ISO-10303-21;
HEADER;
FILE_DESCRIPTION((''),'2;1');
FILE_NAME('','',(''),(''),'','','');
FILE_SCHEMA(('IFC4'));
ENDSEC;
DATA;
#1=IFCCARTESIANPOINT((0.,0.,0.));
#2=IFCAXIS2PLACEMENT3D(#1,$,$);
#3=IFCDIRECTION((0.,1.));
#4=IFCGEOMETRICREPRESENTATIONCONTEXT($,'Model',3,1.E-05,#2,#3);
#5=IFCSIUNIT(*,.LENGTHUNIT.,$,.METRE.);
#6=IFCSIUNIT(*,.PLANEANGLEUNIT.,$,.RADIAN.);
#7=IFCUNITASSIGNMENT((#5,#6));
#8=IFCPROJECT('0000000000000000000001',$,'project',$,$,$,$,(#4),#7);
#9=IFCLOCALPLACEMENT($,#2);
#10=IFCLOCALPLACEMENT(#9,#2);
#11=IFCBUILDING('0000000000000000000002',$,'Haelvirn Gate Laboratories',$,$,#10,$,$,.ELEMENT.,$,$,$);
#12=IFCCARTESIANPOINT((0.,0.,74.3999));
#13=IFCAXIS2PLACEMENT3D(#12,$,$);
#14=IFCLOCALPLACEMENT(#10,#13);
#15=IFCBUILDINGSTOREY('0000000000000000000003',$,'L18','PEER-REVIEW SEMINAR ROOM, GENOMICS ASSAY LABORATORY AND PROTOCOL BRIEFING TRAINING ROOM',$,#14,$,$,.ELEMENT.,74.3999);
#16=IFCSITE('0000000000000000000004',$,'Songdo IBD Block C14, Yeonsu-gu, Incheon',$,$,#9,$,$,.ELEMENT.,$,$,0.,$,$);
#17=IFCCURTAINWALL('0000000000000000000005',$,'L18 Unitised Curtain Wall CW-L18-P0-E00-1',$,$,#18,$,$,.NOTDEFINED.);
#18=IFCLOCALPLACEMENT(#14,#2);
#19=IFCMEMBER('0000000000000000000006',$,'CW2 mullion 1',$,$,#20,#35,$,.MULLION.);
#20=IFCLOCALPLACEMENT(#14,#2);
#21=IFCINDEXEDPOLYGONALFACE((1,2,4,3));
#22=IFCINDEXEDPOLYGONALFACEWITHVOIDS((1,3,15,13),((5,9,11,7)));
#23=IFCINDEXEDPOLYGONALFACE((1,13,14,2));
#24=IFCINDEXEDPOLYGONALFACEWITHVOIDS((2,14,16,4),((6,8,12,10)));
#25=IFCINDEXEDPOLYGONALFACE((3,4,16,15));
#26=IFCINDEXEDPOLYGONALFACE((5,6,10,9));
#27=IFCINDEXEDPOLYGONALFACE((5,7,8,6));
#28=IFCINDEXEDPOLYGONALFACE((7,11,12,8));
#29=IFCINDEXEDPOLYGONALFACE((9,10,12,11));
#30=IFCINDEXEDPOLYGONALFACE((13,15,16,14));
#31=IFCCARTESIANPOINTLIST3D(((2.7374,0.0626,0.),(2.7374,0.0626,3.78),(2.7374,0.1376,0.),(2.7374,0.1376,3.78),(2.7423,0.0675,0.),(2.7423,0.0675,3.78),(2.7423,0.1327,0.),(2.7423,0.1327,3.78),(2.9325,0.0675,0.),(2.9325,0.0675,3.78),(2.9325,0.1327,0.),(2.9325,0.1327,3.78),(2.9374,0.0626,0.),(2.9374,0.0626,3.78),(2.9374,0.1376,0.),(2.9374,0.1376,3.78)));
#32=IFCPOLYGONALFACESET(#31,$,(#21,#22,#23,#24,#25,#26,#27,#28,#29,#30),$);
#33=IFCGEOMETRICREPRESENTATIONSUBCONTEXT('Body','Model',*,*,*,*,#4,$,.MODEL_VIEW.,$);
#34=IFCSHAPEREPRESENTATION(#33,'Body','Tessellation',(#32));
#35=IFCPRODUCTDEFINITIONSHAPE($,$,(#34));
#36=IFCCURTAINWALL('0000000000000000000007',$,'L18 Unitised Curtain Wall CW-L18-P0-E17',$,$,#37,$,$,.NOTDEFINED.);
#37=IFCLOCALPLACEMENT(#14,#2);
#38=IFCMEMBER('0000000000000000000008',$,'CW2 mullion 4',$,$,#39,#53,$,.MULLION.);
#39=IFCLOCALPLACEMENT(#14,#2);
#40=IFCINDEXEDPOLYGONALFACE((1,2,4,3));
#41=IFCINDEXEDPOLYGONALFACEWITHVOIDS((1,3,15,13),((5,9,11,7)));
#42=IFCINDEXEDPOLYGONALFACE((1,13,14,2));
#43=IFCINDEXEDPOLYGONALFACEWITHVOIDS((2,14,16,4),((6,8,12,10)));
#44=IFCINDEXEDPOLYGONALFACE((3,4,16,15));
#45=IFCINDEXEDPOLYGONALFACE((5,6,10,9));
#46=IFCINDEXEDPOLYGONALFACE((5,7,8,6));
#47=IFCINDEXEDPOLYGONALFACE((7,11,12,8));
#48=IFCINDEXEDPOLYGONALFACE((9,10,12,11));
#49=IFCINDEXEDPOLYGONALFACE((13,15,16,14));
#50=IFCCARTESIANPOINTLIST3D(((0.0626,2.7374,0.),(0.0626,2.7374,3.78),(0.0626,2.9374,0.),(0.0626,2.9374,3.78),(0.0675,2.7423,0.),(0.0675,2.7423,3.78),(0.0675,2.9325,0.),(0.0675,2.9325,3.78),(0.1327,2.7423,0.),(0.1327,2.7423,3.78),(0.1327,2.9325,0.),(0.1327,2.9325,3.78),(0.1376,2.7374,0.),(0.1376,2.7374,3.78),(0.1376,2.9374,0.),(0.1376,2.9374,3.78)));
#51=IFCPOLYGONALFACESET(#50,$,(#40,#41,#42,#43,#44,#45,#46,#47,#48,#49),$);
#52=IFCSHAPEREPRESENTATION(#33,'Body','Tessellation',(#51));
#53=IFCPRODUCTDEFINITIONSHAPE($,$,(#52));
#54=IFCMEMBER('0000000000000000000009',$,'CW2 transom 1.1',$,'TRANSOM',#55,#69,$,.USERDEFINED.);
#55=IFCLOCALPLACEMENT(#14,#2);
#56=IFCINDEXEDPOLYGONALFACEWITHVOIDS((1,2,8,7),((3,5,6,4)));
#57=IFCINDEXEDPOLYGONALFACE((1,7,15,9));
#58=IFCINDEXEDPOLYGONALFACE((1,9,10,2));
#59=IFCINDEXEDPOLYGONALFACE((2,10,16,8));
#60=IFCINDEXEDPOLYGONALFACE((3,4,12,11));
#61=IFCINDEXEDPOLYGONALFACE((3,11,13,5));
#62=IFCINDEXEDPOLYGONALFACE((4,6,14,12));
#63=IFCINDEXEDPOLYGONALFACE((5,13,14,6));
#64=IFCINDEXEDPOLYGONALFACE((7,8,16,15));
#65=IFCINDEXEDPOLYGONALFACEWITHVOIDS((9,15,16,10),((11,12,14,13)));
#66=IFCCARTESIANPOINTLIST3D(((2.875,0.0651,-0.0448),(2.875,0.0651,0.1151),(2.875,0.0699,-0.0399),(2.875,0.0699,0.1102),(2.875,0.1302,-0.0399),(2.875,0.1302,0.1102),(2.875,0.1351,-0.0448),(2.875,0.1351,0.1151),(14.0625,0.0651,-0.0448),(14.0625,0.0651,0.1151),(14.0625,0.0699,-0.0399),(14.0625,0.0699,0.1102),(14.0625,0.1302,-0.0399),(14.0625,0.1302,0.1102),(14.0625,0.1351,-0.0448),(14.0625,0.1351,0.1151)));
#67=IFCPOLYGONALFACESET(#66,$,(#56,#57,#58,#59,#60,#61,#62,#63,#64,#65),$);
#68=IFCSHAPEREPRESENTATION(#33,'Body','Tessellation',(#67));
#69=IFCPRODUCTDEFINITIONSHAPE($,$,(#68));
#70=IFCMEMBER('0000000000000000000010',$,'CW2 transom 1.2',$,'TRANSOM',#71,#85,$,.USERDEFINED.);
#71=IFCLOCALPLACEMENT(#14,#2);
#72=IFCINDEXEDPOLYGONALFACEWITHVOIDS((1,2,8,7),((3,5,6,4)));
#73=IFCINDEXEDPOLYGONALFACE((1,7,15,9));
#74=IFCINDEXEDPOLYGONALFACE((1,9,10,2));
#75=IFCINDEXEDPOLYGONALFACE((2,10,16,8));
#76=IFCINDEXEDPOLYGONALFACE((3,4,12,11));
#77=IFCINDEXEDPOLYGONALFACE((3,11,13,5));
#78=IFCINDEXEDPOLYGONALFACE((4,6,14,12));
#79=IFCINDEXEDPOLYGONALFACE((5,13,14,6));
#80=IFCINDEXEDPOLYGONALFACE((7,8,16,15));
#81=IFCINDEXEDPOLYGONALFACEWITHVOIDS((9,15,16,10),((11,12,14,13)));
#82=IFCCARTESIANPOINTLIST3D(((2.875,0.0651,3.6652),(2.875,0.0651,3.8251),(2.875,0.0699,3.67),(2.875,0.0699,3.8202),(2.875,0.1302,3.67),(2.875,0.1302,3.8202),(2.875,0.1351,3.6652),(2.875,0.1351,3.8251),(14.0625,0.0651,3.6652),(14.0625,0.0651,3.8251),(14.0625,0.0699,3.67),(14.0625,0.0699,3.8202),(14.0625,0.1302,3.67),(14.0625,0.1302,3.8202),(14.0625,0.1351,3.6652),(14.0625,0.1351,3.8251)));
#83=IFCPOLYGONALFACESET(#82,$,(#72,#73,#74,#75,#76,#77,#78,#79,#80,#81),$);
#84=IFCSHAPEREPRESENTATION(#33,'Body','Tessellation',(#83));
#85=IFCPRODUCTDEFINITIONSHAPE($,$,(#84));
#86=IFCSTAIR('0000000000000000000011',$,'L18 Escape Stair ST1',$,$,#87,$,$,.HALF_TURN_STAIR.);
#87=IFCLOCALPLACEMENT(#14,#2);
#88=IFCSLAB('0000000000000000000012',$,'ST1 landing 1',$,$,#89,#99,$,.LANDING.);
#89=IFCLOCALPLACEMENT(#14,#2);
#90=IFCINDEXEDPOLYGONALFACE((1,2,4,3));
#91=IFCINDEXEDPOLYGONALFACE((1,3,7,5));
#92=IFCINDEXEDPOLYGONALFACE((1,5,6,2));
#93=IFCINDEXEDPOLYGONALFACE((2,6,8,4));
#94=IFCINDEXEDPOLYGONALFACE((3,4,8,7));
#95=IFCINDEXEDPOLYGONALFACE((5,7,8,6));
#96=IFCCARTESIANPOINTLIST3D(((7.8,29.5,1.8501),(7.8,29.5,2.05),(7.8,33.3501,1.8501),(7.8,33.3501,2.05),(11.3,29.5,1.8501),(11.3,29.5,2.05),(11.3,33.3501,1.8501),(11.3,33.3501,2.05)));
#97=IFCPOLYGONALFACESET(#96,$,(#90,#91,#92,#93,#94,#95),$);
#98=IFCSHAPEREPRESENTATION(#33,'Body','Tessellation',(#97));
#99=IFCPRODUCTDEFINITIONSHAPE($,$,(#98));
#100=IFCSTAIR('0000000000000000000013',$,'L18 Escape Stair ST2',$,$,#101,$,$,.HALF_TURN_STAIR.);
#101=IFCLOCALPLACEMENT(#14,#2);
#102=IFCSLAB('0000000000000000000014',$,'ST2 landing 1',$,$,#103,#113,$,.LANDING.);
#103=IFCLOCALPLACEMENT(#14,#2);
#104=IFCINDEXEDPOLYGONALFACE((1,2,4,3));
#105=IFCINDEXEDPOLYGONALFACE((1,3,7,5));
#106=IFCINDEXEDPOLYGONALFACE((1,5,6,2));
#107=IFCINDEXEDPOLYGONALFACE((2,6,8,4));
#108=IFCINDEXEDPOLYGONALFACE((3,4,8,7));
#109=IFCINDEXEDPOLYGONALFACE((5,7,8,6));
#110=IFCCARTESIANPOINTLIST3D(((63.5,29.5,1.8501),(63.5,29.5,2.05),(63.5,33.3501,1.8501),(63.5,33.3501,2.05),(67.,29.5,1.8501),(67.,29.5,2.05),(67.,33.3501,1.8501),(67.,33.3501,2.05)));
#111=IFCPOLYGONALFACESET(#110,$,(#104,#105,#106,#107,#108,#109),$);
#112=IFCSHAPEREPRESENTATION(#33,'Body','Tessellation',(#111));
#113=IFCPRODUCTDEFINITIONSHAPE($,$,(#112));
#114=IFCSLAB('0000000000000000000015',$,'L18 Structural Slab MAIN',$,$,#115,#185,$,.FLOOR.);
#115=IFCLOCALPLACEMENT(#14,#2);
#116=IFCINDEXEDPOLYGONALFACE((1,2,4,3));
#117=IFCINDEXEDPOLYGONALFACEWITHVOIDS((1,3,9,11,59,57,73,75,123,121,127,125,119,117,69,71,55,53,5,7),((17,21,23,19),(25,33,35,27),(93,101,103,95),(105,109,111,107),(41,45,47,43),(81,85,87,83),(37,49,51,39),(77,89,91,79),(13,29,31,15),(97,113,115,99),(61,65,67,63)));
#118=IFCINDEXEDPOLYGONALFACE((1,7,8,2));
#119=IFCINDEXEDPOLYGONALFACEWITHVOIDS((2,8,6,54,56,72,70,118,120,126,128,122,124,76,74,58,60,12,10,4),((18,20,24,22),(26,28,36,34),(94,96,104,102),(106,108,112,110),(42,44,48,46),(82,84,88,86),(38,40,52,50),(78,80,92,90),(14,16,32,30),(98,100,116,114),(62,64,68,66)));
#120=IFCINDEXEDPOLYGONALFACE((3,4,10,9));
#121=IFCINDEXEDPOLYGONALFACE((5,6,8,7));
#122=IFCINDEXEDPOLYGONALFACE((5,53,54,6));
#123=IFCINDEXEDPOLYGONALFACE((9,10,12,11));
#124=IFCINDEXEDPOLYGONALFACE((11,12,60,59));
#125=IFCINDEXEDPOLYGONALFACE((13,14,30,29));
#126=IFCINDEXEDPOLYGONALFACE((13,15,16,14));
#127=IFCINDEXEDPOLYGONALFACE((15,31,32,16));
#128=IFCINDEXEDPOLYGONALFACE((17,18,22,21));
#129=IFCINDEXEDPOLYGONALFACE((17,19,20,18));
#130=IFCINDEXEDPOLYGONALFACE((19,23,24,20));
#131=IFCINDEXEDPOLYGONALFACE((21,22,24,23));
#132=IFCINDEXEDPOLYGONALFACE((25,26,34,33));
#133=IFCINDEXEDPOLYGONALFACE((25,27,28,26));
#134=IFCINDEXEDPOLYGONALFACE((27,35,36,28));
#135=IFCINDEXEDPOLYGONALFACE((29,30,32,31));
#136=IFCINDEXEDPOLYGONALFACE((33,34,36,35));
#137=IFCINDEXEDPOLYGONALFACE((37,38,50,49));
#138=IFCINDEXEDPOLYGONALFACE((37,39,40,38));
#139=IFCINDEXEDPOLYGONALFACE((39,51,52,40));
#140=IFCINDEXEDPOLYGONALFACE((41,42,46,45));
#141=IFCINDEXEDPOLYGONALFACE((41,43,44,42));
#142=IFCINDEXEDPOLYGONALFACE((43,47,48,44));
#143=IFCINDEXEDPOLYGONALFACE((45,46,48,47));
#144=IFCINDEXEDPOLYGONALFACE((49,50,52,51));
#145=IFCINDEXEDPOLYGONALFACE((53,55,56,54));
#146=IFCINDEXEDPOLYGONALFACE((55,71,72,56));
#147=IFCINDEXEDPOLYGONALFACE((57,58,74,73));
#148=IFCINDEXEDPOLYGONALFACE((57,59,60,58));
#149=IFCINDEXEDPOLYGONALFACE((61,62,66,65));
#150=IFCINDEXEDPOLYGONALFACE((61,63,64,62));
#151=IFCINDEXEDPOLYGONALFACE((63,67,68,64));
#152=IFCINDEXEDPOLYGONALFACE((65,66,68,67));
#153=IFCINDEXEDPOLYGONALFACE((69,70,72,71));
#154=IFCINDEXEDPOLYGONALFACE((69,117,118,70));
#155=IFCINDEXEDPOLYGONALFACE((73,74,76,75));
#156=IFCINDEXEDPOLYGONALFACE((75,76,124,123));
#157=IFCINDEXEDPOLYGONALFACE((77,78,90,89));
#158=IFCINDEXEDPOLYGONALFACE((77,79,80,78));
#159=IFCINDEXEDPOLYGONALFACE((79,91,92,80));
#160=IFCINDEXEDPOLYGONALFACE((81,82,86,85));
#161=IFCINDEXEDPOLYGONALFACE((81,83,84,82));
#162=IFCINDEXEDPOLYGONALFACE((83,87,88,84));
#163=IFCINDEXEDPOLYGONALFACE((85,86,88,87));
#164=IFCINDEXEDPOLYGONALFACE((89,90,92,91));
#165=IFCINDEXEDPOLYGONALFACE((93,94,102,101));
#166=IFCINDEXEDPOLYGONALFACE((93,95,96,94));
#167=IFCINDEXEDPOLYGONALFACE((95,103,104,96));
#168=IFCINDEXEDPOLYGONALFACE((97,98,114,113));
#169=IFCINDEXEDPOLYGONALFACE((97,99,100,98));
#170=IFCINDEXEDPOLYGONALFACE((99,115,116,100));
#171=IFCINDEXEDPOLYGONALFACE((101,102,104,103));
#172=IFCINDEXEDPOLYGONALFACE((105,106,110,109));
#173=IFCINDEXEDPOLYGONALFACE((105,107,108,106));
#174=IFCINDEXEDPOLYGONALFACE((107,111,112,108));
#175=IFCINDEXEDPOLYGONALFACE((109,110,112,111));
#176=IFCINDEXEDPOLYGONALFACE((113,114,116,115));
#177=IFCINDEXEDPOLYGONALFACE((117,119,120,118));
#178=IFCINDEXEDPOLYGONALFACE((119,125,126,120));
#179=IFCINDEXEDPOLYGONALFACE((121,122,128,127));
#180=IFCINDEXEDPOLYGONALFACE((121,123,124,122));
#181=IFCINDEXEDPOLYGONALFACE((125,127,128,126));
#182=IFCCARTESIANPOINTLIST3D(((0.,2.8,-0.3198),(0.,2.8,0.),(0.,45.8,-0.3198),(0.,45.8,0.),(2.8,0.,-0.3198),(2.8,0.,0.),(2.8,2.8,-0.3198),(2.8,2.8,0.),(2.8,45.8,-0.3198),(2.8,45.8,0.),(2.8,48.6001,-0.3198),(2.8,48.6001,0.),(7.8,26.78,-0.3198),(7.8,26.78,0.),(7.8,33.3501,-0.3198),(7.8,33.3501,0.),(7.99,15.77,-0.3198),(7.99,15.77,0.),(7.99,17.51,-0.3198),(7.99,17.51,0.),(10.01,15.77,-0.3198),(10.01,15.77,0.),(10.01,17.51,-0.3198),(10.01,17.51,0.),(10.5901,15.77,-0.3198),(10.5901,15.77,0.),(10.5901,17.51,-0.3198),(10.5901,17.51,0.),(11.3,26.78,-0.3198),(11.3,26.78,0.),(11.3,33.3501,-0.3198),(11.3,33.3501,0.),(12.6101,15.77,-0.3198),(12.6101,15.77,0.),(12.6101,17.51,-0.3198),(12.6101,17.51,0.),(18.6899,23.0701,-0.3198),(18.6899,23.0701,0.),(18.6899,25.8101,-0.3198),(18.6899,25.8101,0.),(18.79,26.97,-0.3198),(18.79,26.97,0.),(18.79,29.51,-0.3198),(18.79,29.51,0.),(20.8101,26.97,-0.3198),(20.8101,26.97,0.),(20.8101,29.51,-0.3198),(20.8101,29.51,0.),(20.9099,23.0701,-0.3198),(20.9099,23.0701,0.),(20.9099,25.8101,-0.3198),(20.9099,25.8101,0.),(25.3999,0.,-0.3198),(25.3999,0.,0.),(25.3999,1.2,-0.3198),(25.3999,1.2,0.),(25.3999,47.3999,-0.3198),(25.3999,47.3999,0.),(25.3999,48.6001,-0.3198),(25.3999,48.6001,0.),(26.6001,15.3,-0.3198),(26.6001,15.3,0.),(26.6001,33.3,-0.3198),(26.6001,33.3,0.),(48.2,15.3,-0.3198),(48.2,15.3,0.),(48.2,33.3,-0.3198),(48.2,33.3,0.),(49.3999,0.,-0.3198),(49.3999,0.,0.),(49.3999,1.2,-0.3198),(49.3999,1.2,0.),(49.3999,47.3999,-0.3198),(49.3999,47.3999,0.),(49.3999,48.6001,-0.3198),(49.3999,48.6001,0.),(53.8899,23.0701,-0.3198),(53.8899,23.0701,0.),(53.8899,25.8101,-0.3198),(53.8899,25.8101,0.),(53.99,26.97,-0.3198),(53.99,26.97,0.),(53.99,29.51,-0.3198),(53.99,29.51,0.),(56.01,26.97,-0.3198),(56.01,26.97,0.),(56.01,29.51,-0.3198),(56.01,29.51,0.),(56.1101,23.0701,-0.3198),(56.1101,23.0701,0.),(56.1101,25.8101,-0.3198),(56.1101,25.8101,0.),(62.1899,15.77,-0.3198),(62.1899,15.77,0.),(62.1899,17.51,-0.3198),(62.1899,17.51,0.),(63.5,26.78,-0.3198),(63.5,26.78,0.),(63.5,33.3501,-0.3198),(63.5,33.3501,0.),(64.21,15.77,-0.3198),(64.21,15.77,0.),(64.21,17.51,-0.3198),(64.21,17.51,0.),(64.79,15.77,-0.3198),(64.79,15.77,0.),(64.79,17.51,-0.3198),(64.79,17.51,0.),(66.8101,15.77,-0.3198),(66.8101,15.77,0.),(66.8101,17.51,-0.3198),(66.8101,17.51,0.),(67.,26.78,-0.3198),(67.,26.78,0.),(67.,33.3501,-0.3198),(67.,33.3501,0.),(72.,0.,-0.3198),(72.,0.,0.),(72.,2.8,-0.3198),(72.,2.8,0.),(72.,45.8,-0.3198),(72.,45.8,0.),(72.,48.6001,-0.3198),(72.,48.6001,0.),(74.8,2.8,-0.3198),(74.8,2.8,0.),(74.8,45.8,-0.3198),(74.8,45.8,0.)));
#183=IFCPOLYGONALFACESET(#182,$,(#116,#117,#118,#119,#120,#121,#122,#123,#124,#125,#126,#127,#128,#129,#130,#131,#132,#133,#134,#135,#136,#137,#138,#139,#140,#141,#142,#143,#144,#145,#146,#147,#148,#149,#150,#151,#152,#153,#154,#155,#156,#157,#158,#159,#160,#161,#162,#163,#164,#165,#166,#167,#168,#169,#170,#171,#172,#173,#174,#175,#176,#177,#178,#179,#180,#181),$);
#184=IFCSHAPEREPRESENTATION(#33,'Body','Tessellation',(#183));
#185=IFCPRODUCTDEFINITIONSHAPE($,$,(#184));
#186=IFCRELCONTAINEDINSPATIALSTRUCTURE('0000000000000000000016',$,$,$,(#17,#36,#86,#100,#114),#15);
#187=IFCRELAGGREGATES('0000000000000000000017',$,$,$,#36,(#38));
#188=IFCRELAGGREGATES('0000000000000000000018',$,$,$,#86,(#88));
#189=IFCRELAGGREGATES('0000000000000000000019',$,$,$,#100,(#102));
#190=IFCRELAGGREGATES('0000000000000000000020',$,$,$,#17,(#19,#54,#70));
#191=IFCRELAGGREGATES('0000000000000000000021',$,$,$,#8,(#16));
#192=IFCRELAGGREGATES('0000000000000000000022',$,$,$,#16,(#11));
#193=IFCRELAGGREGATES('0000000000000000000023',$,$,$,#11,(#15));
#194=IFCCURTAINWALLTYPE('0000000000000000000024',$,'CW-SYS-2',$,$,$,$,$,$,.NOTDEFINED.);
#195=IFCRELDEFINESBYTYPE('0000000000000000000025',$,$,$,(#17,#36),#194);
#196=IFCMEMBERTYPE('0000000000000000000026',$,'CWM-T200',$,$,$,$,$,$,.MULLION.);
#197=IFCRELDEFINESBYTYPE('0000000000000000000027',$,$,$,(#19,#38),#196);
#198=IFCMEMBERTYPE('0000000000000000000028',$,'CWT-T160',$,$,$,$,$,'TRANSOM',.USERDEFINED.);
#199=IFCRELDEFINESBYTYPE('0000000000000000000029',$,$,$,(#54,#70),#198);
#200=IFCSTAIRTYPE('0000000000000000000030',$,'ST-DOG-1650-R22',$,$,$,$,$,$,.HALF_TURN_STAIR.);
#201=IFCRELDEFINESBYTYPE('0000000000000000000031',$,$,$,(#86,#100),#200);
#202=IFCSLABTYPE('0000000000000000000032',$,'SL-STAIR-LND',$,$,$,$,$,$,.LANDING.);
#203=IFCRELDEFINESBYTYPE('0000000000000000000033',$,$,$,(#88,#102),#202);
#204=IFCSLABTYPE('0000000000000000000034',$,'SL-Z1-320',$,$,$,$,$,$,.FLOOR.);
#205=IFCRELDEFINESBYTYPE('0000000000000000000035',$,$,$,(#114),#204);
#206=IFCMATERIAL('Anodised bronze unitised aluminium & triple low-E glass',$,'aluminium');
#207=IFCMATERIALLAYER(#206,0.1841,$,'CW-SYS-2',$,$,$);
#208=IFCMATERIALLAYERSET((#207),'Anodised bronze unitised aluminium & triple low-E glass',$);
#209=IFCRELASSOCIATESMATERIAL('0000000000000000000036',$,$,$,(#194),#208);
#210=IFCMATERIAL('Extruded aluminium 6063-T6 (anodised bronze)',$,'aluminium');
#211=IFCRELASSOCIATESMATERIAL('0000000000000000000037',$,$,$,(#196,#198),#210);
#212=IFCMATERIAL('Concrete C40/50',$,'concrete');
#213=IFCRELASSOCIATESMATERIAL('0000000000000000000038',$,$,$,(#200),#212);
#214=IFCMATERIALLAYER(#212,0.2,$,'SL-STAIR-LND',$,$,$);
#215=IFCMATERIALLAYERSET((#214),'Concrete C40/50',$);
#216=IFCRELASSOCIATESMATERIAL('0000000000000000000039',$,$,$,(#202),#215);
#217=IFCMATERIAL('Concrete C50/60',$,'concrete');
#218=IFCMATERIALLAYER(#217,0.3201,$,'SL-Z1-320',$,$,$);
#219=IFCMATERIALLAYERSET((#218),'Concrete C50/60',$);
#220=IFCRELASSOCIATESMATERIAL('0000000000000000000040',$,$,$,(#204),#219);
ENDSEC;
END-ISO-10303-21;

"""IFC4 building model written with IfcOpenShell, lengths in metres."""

from ifc_helpers import new_model, si_unit, direction, frame, origin, origin_2d, place, context, subcontext, project, spatial, polyline, hollow_rectangle, outline, extrude, source, transform, mapped, material, layer, layer_set, material_profile, profile_set, type_object, type_shapes, element, aggregate, save


model = new_model("IFC4")

# Units and contexts
model_context = context("Model", 3, precision=1e-05, world=origin(), true_north=direction((0.0, 1.0)))
body_context = subcontext(model_context, "Body", "Model", "MODEL_VIEW")
ifc_project = project(units=[si_unit("LENGTHUNIT", "METRE"), si_unit("PLANEANGLEUNIT", "RADIAN")], contexts=[model_context])

# Site, building, storey
site_placement = place(None, origin())
site = spatial("IfcSite", under=ifc_project, at=site_placement, Name="Songdo IBD Block C14, Yeonsu-gu, Incheon", CompositionType="ELEMENT", RefElevation=0.0)
building_placement = place(site_placement, origin())
building = spatial("IfcBuilding", under=site, at=building_placement, Name="Haelvirn Gate Laboratories", CompositionType="ELEMENT")
storey_placement = place(building_placement, frame((0.0, 0.0, 74.3999)))
storey = spatial("IfcBuildingStorey", under=building, at=storey_placement, Name="L18", Description="PEER-REVIEW SEMINAR ROOM, GENOMICS ASSAY LABORATORY AND PROTOCOL BRIEFING TRAINING ROOM", CompositionType="ELEMENT", Elevation=74.3999)

# Curtain walls, members
ifc_material_1 = material(Name="Anodised bronze unitised aluminium & triple low-E glass", Category="aluminium")
ifc_layer_1 = layer(ifc_material_1, 0.1841, Name="CW-SYS-2")
ifc_layer_set_1 = layer_set([ifc_layer_1], Name="Anodised bronze unitised aluminium & triple low-E glass")
curtain_wall_type = type_object("IfcCurtainWallType", Name="CW-SYS-2", PredefinedType="NOTDEFINED", material=ifc_layer_set_1)
curtain_wall_1_placement = place(storey_placement, origin())
curtain_wall_1 = element("IfcCurtainWall", 1, at=curtain_wall_1_placement, inside=storey, type_object=curtain_wall_type, Name="L18 Unitised Curtain Wall CW-L18-P0-E00-1", PredefinedType="NOTDEFINED")
ifc_material_2 = material(Name="Extruded aluminium 6063-T6 (anodised bronze)", Category="aluminium")
ifc_material_profile_1 = material_profile(ifc_material_2, hollow_rectangle(XDim=0.075, YDim=0.2, WallThickness=0.0049, at=origin_2d()), Name="CWM-200x75x5")
ifc_profile_set_1 = profile_set([ifc_material_profile_1], Name="Extruded aluminium 6063-T6 (anodised bronze)")
member_type_1 = type_object("IfcMemberType", Name="CWM-T200", PredefinedType="MULLION", material=ifc_profile_set_1)
shared_shape_1 = source(origin(), body_context, "Body", "SweptSolid", [
    extrude(hollow_rectangle(XDim=0.075, YDim=0.2, WallThickness=0.0049, at=origin_2d()), origin(), (0.0, 0.0, 1.0), 3.78),
])
type_shapes(member_type_1, [shared_shape_1])
member_1_placement = place(storey_placement, frame((2.8374, 0.1001, 0.0), z_axis=(0.0, 0.0, 1.0), x_axis=(0.0, 1.0, 0.0)))
member_1 = element("IfcMember", 2, at=member_1_placement, type_object=member_type_1, Name="CW2 mullion 1", PredefinedType="MULLION", context=body_context, shape_type="MappedRepresentation", body=[
    mapped(shared_shape_1, transform((0.0, 0.0, 0.0), scale=1.0)),
])
curtain_wall_2_placement = place(storey_placement, origin())
curtain_wall_2 = element("IfcCurtainWall", 3, at=curtain_wall_2_placement, inside=storey, type_object=curtain_wall_type, Name="L18 Unitised Curtain Wall CW-L18-P0-E17", PredefinedType="NOTDEFINED")
member_2_placement = place(storey_placement, frame((0.1001, 2.8374, 0.0), z_axis=(0.0, 0.0, 1.0), x_axis=(1.0, 0.0, 0.0)))
member_2 = element("IfcMember", 4, at=member_2_placement, type_object=member_type_1, Name="CW2 mullion 4", PredefinedType="MULLION", context=body_context, shape_type="MappedRepresentation", body=[
    mapped(shared_shape_1, transform((0.0, 0.0, 0.0), scale=1.0)),
])
aggregate(curtain_wall_2, [member_2])

# Members
ifc_material_profile_2 = material_profile(ifc_material_2, hollow_rectangle(XDim=0.0701, YDim=0.1599, WallThickness=0.0049, at=origin_2d()), Name="CWT-160x70x5")
ifc_profile_set_2 = profile_set([ifc_material_profile_2], Name="Extruded aluminium 6063-T6 (anodised bronze)")
member_type_2 = type_object("IfcMemberType", Name="CWT-T160", ElementType="TRANSOM", PredefinedType="USERDEFINED", material=ifc_profile_set_2)
shared_shape_2 = source(origin(), body_context, "Body", "SweptSolid", [
    extrude(hollow_rectangle(XDim=0.0701, YDim=0.1599, WallThickness=0.0049, at=origin_2d()), origin(), (0.0, 0.0, 1.0), 11.1875),
])
type_shapes(member_type_2, [shared_shape_2])
member_3_placement = place(storey_placement, frame((2.875, 0.1001, 0.0352), z_axis=(1.0, 0.0, 0.0), x_axis=(0.0, 1.0, 0.0)))
member_3 = element("IfcMember", 5, at=member_3_placement, type_object=member_type_2, Name="CW2 transom 1.1", ObjectType="TRANSOM", PredefinedType="USERDEFINED", context=body_context, shape_type="MappedRepresentation", body=[
    mapped(shared_shape_2, transform((0.0, 0.0, 0.0), scale=1.0)),
])
member_4_placement = place(storey_placement, frame((2.875, 0.1001, 3.7451), z_axis=(1.0, 0.0, 0.0), x_axis=(0.0, 1.0, 0.0)))
member_4 = element("IfcMember", 6, at=member_4_placement, type_object=member_type_2, Name="CW2 transom 1.2", ObjectType="TRANSOM", PredefinedType="USERDEFINED", context=body_context, shape_type="MappedRepresentation", body=[
    mapped(shared_shape_2, transform((0.0, 0.0, 0.0), scale=1.0)),
])

# Stairs, slabs
ifc_material_3 = material(Name="Concrete C40/50", Category="concrete")
stair_type = type_object("IfcStairType", Name="ST-DOG-1650-R22", PredefinedType="HALF_TURN_STAIR", material=ifc_material_3)
stair_1_placement = place(storey_placement, origin())
stair_1 = element("IfcStair", 7, at=stair_1_placement, inside=storey, type_object=stair_type, Name="L18 Escape Stair ST1", PredefinedType="HALF_TURN_STAIR")
ifc_layer_2 = layer(ifc_material_3, 0.2, Name="SL-STAIR-LND")
ifc_layer_set_2 = layer_set([ifc_layer_2], Name="Concrete C40/50")
slab_type_1 = type_object("IfcSlabType", Name="SL-STAIR-LND", PredefinedType="LANDING", material=ifc_layer_set_2)
slab_1_placement = place(storey_placement, frame((0.0, 0.0, 1.8501)))
slab_1 = element("IfcSlab", 8, at=slab_1_placement, type_object=slab_type_1, Name="ST1 landing 1", PredefinedType="LANDING", context=body_context, shape_type="SweptSolid", body=[
    extrude(outline(polyline([(11.3, 29.5), (11.3, 33.3501), (7.8, 33.3501), (7.8, 29.5), (11.3, 29.5)])), origin(), (0.0, 0.0, 1.0), 0.2),
])
aggregate(stair_1, [slab_1])
stair_2_placement = place(storey_placement, origin())
stair_2 = element("IfcStair", 9, at=stair_2_placement, inside=storey, type_object=stair_type, Name="L18 Escape Stair ST2", PredefinedType="HALF_TURN_STAIR")
slab_2_placement = place(storey_placement, frame((0.0, 0.0, 1.8501)))
slab_2 = element("IfcSlab", 10, at=slab_2_placement, type_object=slab_type_1, Name="ST2 landing 1", PredefinedType="LANDING", context=body_context, shape_type="SweptSolid", body=[
    extrude(outline(polyline([(67.0, 29.5), (67.0, 33.3501), (63.5, 33.3501), (63.5, 29.5), (67.0, 29.5)])), origin(), (0.0, 0.0, 1.0), 0.2),
])
aggregate(stair_2, [slab_2])

# Slab
ifc_material_4 = material(Name="Concrete C50/60", Category="concrete")
ifc_layer_3 = layer(ifc_material_4, 0.3201, Name="SL-Z1-320")
ifc_layer_set_3 = layer_set([ifc_layer_3], Name="Concrete C50/60")
slab_type_2 = type_object("IfcSlabType", Name="SL-Z1-320", PredefinedType="FLOOR", material=ifc_layer_set_3)
slab_3_placement = place(storey_placement, frame((0.0, 0.0, -0.3198)))
element("IfcSlab", 11, at=slab_3_placement, inside=storey, type_object=slab_type_2, Name="L18 Structural Slab MAIN", PredefinedType="FLOOR", context=body_context, shape_type="SweptSolid", body=[
    extrude(outline(polyline([(2.8, 0.0), (25.3999, 0.0), (25.3999, 1.2), (49.3999, 1.2), (49.3999, 0.0), (72.0, 0.0), (72.0, 2.8), (74.8, 2.8), (74.8, 45.8), (72.0, 45.8), (72.0, 48.6001), (49.3999, 48.6001), (49.3999, 47.3999), (25.3999, 47.3999), (25.3999, 48.6001), (2.8, 48.6001), (2.8, 45.8), (0.0, 45.8), (0.0, 2.8), (2.8, 2.8), (2.8, 0.0)]), holes=[polyline([(26.6001, 15.3), (48.2, 15.3), (48.2, 33.3), (26.6001, 33.3), (26.6001, 15.3)]), polyline([(11.3, 26.78), (11.3, 33.3501), (7.8, 33.3501), (7.8, 26.78), (11.3, 26.78)]), polyline([(67.0, 26.78), (67.0, 33.3501), (63.5, 33.3501), (63.5, 26.78), (67.0, 26.78)]), polyline([(7.99, 15.77), (10.01, 15.77), (10.01, 17.51), (7.99, 17.51), (7.99, 15.77)]), polyline([(10.5901, 15.77), (12.6101, 15.77), (12.6101, 17.51), (10.5901, 17.51), (10.5901, 15.77)]), polyline([(18.79, 26.97), (20.8101, 26.97), (20.8101, 29.51), (18.79, 29.51), (18.79, 26.97)]), polyline([(18.6899, 23.0701), (20.9099, 23.0701), (20.9099, 25.8101), (18.6899, 25.8101), (18.6899, 23.0701)]), polyline([(64.79, 15.77), (66.8101, 15.77), (66.8101, 17.51), (64.79, 17.51), (64.79, 15.77)]), polyline([(62.1899, 15.77), (64.21, 15.77), (64.21, 17.51), (62.1899, 17.51), (62.1899, 15.77)]), polyline([(53.99, 26.97), (56.01, 26.97), (56.01, 29.51), (53.99, 29.51), (53.99, 26.97)]), polyline([(53.8899, 23.0701), (56.1101, 23.0701), (56.1101, 25.8101), (53.8899, 25.8101), (53.8899, 23.0701)])]), origin(), (0.0, 0.0, 1.0), 0.3198),
])

aggregate(curtain_wall_1, [member_1, member_3, member_4])

save(model, "model.ifc")
